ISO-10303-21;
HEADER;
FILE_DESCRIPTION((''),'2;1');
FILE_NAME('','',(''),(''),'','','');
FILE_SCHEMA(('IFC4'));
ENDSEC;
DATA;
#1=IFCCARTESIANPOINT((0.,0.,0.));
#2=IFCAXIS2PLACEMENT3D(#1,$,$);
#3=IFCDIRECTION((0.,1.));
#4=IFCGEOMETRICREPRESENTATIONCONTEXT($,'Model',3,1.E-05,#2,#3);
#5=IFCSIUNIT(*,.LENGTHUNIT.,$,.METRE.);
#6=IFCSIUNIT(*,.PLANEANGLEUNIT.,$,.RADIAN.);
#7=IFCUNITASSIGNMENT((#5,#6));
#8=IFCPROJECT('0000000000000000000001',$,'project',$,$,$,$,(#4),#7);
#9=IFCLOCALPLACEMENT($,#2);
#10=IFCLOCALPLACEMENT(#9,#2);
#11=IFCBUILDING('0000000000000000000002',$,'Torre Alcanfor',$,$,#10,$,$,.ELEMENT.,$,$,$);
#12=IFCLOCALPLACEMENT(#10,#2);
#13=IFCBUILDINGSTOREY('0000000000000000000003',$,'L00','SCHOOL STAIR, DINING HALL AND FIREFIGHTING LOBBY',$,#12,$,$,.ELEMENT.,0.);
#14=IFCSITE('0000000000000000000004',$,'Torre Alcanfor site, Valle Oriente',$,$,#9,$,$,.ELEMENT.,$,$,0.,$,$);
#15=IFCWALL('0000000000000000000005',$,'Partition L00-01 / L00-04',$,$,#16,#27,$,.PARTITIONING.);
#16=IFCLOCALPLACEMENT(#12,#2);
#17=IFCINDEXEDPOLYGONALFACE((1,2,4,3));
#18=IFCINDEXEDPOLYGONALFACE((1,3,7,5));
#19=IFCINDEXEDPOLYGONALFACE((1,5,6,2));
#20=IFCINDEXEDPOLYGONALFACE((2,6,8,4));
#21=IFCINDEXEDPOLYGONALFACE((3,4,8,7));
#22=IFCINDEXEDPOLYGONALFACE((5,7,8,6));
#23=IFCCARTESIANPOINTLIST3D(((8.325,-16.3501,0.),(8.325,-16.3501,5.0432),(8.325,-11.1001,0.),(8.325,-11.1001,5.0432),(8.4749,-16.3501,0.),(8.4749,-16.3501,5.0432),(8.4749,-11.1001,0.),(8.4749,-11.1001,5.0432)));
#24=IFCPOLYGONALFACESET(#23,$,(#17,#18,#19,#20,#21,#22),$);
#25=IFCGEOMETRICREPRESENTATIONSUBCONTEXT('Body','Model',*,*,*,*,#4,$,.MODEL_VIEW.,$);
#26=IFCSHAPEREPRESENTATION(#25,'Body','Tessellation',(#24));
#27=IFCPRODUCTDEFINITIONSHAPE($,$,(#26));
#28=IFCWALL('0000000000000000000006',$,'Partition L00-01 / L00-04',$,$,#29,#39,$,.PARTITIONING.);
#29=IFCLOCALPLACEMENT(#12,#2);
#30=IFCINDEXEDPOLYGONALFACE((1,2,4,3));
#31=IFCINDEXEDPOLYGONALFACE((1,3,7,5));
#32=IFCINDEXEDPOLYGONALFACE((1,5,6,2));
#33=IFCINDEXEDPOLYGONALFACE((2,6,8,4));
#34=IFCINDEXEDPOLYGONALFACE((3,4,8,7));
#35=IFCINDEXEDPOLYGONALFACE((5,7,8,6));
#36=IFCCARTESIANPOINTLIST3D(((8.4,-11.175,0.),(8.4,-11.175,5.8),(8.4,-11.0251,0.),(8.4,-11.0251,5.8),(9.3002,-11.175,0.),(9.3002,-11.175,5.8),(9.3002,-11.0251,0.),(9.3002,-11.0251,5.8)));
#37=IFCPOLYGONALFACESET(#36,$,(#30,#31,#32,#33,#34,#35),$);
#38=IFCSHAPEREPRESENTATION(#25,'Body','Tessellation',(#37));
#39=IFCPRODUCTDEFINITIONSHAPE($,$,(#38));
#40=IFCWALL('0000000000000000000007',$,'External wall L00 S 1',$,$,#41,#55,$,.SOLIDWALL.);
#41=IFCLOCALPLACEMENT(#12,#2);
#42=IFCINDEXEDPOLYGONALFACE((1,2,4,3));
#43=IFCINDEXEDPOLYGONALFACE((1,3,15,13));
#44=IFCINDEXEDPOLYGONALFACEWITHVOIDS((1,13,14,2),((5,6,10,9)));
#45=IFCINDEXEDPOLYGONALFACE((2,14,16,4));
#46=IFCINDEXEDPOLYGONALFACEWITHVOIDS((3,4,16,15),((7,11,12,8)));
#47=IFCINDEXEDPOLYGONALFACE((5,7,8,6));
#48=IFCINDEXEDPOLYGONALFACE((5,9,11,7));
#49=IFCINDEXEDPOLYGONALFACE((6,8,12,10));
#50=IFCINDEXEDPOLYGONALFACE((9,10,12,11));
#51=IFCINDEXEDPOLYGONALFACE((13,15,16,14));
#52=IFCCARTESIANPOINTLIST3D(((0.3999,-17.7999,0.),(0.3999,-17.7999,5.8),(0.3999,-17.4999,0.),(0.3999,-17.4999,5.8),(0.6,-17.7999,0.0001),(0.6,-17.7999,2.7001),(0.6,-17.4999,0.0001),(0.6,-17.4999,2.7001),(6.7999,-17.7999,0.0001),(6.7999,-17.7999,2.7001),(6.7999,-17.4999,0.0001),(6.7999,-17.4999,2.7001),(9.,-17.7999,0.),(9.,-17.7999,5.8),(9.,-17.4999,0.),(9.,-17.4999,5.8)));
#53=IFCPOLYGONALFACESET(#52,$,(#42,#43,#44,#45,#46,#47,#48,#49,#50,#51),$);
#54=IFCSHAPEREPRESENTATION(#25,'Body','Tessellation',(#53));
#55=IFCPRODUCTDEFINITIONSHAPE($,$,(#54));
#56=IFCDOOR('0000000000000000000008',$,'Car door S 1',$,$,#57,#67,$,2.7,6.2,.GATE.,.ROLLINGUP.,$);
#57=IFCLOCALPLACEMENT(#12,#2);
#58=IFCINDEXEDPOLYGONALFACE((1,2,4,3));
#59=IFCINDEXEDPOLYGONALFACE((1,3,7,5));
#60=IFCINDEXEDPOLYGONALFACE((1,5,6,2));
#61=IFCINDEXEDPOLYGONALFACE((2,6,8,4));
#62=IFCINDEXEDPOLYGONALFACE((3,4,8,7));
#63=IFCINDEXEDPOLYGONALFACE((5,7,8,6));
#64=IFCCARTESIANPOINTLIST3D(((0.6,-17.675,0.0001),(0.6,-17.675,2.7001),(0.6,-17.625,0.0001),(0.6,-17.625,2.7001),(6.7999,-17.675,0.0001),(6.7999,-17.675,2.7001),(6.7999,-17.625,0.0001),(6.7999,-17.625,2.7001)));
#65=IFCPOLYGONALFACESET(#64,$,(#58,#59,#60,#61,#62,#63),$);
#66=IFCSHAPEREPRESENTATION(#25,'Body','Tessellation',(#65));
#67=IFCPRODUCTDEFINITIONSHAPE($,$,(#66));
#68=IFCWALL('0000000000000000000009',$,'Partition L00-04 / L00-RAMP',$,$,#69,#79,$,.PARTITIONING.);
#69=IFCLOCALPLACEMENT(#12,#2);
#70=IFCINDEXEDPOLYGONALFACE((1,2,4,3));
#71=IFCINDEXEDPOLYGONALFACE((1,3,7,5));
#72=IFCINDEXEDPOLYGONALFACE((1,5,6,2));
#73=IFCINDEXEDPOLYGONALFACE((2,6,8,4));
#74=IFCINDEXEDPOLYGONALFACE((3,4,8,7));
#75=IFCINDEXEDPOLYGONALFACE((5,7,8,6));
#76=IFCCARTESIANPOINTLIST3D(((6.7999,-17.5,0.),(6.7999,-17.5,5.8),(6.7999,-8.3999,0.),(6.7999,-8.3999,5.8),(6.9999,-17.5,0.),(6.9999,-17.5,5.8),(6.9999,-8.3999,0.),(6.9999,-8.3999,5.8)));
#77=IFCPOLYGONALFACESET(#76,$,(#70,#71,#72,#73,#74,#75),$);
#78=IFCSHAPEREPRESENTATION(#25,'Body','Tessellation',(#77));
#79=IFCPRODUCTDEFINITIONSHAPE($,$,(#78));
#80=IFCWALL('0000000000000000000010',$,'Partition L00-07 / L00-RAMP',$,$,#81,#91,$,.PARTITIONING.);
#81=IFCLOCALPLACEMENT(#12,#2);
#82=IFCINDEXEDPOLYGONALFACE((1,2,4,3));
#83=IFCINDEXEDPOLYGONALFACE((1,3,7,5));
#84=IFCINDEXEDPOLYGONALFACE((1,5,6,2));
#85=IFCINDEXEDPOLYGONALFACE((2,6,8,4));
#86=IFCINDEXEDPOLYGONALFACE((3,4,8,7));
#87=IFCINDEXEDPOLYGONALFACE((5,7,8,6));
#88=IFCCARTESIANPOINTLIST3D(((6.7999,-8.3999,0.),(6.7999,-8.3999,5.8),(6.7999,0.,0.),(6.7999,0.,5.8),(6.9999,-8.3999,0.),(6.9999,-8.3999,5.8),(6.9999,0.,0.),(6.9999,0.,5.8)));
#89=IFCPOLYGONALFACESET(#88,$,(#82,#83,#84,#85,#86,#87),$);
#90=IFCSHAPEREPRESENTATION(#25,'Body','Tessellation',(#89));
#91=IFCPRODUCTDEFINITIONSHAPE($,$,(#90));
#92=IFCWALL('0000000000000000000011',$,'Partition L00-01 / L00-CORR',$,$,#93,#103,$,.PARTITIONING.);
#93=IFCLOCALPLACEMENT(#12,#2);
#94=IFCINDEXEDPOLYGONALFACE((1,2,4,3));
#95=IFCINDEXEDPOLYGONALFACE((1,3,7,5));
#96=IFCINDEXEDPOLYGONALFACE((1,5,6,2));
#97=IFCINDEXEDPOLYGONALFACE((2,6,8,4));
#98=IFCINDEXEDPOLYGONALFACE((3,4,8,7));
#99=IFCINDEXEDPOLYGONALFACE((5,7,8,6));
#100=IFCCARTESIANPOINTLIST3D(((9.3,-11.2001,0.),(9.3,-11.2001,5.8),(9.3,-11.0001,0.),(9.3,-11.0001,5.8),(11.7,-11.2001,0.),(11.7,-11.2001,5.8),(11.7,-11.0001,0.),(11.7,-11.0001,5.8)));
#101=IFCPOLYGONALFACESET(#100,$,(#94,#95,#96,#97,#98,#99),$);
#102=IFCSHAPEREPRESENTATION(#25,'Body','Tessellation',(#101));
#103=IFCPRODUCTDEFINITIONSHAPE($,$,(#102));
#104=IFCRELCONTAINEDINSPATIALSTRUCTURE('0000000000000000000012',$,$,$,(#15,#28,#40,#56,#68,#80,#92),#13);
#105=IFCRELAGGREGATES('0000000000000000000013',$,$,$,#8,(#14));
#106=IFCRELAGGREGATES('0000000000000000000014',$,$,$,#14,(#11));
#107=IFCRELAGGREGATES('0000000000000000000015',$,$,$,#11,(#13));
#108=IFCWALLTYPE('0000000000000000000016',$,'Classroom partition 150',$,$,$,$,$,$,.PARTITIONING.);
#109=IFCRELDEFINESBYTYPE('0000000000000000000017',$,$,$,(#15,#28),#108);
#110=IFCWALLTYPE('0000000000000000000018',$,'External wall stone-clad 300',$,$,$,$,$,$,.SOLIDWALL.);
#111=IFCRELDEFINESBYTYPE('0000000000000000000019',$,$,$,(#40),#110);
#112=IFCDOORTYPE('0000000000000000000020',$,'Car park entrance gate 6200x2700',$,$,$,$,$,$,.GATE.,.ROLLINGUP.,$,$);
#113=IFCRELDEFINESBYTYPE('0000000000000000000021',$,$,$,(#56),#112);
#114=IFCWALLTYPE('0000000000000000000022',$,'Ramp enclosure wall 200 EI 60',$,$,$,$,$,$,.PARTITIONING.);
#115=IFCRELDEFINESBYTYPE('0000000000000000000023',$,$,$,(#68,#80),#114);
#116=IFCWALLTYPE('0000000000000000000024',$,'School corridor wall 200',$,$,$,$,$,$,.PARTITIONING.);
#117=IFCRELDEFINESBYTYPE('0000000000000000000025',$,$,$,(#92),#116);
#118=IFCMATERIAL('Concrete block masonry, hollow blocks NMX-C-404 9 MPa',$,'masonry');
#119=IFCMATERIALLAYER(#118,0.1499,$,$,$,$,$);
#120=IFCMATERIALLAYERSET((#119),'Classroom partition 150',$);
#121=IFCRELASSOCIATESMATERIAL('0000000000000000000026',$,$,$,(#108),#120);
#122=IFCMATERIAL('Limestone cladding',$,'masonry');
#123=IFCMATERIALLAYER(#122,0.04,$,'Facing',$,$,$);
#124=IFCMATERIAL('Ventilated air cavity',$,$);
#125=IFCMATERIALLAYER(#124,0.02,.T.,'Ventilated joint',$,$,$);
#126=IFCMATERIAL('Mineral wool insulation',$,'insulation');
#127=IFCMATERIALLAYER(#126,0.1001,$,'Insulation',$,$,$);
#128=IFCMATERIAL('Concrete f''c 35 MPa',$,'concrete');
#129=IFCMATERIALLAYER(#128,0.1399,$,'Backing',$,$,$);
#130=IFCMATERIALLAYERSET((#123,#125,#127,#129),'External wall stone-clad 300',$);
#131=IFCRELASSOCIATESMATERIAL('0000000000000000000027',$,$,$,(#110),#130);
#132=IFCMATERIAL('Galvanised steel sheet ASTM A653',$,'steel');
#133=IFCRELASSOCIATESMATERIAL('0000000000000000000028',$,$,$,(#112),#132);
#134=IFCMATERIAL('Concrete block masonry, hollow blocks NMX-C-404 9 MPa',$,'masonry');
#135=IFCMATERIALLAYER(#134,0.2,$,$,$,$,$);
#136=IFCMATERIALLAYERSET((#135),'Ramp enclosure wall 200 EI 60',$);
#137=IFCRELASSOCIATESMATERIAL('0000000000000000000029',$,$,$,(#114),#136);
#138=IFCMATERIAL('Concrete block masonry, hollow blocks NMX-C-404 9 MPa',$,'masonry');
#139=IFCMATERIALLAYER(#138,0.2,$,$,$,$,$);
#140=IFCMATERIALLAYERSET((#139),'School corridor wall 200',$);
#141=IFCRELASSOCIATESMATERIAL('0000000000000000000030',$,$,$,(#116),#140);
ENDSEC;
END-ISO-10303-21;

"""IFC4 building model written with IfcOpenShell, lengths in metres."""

from ifc_helpers import new_model, si_unit, direction, frame, frame_2d, origin, place, context, subcontext, project, spatial, rectangle, extrude, material, layer, layer_set, type_object, element, fill, save


model = new_model("IFC4")

# Units and contexts
model_context = context("Model", 3, precision=1e-05, world=origin(), true_north=direction((0.0, 1.0)))
body_context = subcontext(model_context, "Body", "Model", "MODEL_VIEW")
ifc_project = project(units=[si_unit("LENGTHUNIT", "METRE"), si_unit("PLANEANGLEUNIT", "RADIAN")], contexts=[model_context])

# Site, building, storey
site_placement = place(None, origin())
site = spatial("IfcSite", under=ifc_project, at=site_placement, Name="Torre Alcanfor site, Valle Oriente", CompositionType="ELEMENT", RefElevation=0.0)
building_placement = place(site_placement, origin())
building = spatial("IfcBuilding", under=site, at=building_placement, Name="Torre Alcanfor", CompositionType="ELEMENT")
storey_placement = place(building_placement, origin())
storey = spatial("IfcBuildingStorey", under=building, at=storey_placement, Name="L00", Description="SCHOOL STAIR, DINING HALL AND FIREFIGHTING LOBBY", CompositionType="ELEMENT", Elevation=0.0)

# Walls
ifc_material_1 = material(Name="Concrete block masonry, hollow blocks NMX-C-404 9 MPa", Category="masonry")
ifc_layer_1 = layer(ifc_material_1, 0.1499)
ifc_layer_set_1 = layer_set([ifc_layer_1], Name="Classroom partition 150")
wall_type_1 = type_object("IfcWallType", Name="Classroom partition 150", PredefinedType="PARTITIONING", material=ifc_layer_set_1)
wall_1_placement = place(storey_placement, frame((8.3999, -16.3501, 0.0), z_axis=(0.0, 0.0, 1.0), x_axis=(0.0, 1.0, 0.0)))
element("IfcWall", 1, at=wall_1_placement, inside=storey, type_object=wall_type_1, Name="Partition L00-01 / L00-04", PredefinedType="PARTITIONING", context=body_context, shape_type="SweptSolid", body=[
    extrude(rectangle(XDim=5.25, YDim=0.1499, at=frame_2d((2.625, 0.0))), origin(), (0.0, 0.0, 1.0), 5.0432),
])
wall_2_placement = place(storey_placement, frame((8.3999, -11.1001, 0.0), z_axis=(0.0, 0.0, 1.0), x_axis=(1.0, 0.0, 0.0)))
element("IfcWall", 2, at=wall_2_placement, inside=storey, type_object=wall_type_1, Name="Partition L00-01 / L00-04", PredefinedType="PARTITIONING", context=body_context, shape_type="SweptSolid", body=[
    extrude(rectangle(XDim=0.9001, YDim=0.1499, at=frame_2d((0.4502, 0.0))), origin(), (0.0, 0.0, 1.0), 5.8),
])

# Wall, opening, door
ifc_material_2 = material(Name="Limestone cladding", Category="masonry")
ifc_layer_2 = layer(ifc_material_2, 0.04, Name="Facing")
ifc_material_3 = material(Name="Ventilated air cavity")
ifc_layer_3 = layer(ifc_material_3, 0.02, ventilated=True, Name="Ventilated joint")
ifc_material_4 = material(Name="Mineral wool insulation", Category="insulation")
ifc_layer_4 = layer(ifc_material_4, 0.1001, Name="Insulation")
ifc_material_5 = material(Name="Concrete f'c 35 MPa", Category="concrete")
ifc_layer_5 = layer(ifc_material_5, 0.1399, Name="Backing")
ifc_layer_set_2 = layer_set([ifc_layer_2, ifc_layer_3, ifc_layer_4, ifc_layer_5], Name="External wall stone-clad 300")
wall_type_2 = type_object("IfcWallType", Name="External wall stone-clad 300", PredefinedType="SOLIDWALL", material=ifc_layer_set_2)
wall_3_placement = place(storey_placement, frame((0.3999, -17.6499, 0.0), z_axis=(0.0, 0.0, 1.0), x_axis=(1.0, 0.0, 0.0)))
wall_3 = element("IfcWall", 3, at=wall_3_placement, inside=storey, type_object=wall_type_2, Name="External wall L00 S 1", PredefinedType="SOLIDWALL", context=body_context, shape_type="SweptSolid", body=[
    extrude(rectangle(XDim=8.6001, YDim=0.3, at=frame_2d((4.3, 0.0))), origin(), (0.0, 0.0, 1.0), 5.8),
])
opening_placement = place(wall_3_placement, frame((0.2, 0.0, 0.0)))
opening = element("IfcOpeningElement", 4, at=opening_placement, cuts=wall_3, PredefinedType="OPENING", context=body_context, shape_type="SweptSolid", body=[
    extrude(rectangle(XDim=6.2, YDim=2.7, at=frame_2d((3.1001, 1.3501))), frame((0.0, 0.1599, 0.0), z_axis=(0.0, -1.0, 0.0), x_axis=(1.0, 0.0, 0.0)), (0.0, 0.0, 1.0), 0.3201),
])
ifc_material_6 = material(Name="Galvanised steel sheet ASTM A653", Category="steel")
door_type = type_object("IfcDoorType", Name="Car park entrance gate 6200x2700", OperationType="ROLLINGUP", PredefinedType="GATE", material=ifc_material_6)
door_placement = place(opening_placement, origin())
door = element("IfcDoor", 5, at=door_placement, inside=storey, type_object=door_type, Name="Car door S 1", OperationType="ROLLINGUP", OverallHeight=2.7, OverallWidth=6.2, PredefinedType="GATE", context=body_context, shape_type="SweptSolid", body=[
    extrude(rectangle(XDim=6.2, YDim=2.7, at=frame_2d((3.1001, 1.3501))), frame((0.0, 0.0249, 0.0), z_axis=(0.0, -1.0, 0.0), x_axis=(1.0, 0.0, 0.0)), (0.0, 0.0, 1.0), 0.05),
])
fill(opening, door)

# Walls
ifc_material_7 = material(Name="Concrete block masonry, hollow blocks NMX-C-404 9 MPa", Category="masonry")
ifc_layer_6 = layer(ifc_material_7, 0.2)
ifc_layer_set_3 = layer_set([ifc_layer_6], Name="Ramp enclosure wall 200 EI 60")
wall_type_3 = type_object("IfcWallType", Name="Ramp enclosure wall 200 EI 60", PredefinedType="PARTITIONING", material=ifc_layer_set_3)
wall_4_placement = place(storey_placement, frame((6.8999, -17.5, 0.0), z_axis=(0.0, 0.0, 1.0), x_axis=(0.0, 1.0, 0.0)))
element("IfcWall", 6, at=wall_4_placement, inside=storey, type_object=wall_type_3, Name="Partition L00-04 / L00-RAMP", PredefinedType="PARTITIONING", context=body_context, shape_type="SweptSolid", body=[
    extrude(rectangle(XDim=9.1001, YDim=0.2, at=frame_2d((4.55, 0.0))), origin(), (0.0, 0.0, 1.0), 5.8),
])
wall_5_placement = place(storey_placement, frame((6.8999, -8.3999, 0.0), z_axis=(0.0, 0.0, 1.0), x_axis=(0.0, 1.0, 0.0)))
element("IfcWall", 7, at=wall_5_placement, inside=storey, type_object=wall_type_3, Name="Partition L00-07 / L00-RAMP", PredefinedType="PARTITIONING", context=body_context, shape_type="SweptSolid", body=[
    extrude(rectangle(XDim=8.3999, YDim=0.2, at=frame_2d((4.2, 0.0))), origin(), (0.0, 0.0, 1.0), 5.8),
])
ifc_material_8 = material(Name="Concrete block masonry, hollow blocks NMX-C-404 9 MPa", Category="masonry")
ifc_layer_7 = layer(ifc_material_8, 0.2)
ifc_layer_set_4 = layer_set([ifc_layer_7], Name="School corridor wall 200")
wall_type_4 = type_object("IfcWallType", Name="School corridor wall 200", PredefinedType="PARTITIONING", material=ifc_layer_set_4)
wall_6_placement = place(storey_placement, frame((9.3, -11.1001, 0.0), z_axis=(0.0, 0.0, 1.0), x_axis=(1.0, 0.0, 0.0)))
element("IfcWall", 8, at=wall_6_placement, inside=storey, type_object=wall_type_4, Name="Partition L00-01 / L00-CORR", PredefinedType="PARTITIONING", context=body_context, shape_type="SweptSolid", body=[
    extrude(rectangle(XDim=2.3999, YDim=0.2, at=frame_2d((1.2, 0.0))), origin(), (0.0, 0.0, 1.0), 5.8),
])

save(model, "model.ifc")
